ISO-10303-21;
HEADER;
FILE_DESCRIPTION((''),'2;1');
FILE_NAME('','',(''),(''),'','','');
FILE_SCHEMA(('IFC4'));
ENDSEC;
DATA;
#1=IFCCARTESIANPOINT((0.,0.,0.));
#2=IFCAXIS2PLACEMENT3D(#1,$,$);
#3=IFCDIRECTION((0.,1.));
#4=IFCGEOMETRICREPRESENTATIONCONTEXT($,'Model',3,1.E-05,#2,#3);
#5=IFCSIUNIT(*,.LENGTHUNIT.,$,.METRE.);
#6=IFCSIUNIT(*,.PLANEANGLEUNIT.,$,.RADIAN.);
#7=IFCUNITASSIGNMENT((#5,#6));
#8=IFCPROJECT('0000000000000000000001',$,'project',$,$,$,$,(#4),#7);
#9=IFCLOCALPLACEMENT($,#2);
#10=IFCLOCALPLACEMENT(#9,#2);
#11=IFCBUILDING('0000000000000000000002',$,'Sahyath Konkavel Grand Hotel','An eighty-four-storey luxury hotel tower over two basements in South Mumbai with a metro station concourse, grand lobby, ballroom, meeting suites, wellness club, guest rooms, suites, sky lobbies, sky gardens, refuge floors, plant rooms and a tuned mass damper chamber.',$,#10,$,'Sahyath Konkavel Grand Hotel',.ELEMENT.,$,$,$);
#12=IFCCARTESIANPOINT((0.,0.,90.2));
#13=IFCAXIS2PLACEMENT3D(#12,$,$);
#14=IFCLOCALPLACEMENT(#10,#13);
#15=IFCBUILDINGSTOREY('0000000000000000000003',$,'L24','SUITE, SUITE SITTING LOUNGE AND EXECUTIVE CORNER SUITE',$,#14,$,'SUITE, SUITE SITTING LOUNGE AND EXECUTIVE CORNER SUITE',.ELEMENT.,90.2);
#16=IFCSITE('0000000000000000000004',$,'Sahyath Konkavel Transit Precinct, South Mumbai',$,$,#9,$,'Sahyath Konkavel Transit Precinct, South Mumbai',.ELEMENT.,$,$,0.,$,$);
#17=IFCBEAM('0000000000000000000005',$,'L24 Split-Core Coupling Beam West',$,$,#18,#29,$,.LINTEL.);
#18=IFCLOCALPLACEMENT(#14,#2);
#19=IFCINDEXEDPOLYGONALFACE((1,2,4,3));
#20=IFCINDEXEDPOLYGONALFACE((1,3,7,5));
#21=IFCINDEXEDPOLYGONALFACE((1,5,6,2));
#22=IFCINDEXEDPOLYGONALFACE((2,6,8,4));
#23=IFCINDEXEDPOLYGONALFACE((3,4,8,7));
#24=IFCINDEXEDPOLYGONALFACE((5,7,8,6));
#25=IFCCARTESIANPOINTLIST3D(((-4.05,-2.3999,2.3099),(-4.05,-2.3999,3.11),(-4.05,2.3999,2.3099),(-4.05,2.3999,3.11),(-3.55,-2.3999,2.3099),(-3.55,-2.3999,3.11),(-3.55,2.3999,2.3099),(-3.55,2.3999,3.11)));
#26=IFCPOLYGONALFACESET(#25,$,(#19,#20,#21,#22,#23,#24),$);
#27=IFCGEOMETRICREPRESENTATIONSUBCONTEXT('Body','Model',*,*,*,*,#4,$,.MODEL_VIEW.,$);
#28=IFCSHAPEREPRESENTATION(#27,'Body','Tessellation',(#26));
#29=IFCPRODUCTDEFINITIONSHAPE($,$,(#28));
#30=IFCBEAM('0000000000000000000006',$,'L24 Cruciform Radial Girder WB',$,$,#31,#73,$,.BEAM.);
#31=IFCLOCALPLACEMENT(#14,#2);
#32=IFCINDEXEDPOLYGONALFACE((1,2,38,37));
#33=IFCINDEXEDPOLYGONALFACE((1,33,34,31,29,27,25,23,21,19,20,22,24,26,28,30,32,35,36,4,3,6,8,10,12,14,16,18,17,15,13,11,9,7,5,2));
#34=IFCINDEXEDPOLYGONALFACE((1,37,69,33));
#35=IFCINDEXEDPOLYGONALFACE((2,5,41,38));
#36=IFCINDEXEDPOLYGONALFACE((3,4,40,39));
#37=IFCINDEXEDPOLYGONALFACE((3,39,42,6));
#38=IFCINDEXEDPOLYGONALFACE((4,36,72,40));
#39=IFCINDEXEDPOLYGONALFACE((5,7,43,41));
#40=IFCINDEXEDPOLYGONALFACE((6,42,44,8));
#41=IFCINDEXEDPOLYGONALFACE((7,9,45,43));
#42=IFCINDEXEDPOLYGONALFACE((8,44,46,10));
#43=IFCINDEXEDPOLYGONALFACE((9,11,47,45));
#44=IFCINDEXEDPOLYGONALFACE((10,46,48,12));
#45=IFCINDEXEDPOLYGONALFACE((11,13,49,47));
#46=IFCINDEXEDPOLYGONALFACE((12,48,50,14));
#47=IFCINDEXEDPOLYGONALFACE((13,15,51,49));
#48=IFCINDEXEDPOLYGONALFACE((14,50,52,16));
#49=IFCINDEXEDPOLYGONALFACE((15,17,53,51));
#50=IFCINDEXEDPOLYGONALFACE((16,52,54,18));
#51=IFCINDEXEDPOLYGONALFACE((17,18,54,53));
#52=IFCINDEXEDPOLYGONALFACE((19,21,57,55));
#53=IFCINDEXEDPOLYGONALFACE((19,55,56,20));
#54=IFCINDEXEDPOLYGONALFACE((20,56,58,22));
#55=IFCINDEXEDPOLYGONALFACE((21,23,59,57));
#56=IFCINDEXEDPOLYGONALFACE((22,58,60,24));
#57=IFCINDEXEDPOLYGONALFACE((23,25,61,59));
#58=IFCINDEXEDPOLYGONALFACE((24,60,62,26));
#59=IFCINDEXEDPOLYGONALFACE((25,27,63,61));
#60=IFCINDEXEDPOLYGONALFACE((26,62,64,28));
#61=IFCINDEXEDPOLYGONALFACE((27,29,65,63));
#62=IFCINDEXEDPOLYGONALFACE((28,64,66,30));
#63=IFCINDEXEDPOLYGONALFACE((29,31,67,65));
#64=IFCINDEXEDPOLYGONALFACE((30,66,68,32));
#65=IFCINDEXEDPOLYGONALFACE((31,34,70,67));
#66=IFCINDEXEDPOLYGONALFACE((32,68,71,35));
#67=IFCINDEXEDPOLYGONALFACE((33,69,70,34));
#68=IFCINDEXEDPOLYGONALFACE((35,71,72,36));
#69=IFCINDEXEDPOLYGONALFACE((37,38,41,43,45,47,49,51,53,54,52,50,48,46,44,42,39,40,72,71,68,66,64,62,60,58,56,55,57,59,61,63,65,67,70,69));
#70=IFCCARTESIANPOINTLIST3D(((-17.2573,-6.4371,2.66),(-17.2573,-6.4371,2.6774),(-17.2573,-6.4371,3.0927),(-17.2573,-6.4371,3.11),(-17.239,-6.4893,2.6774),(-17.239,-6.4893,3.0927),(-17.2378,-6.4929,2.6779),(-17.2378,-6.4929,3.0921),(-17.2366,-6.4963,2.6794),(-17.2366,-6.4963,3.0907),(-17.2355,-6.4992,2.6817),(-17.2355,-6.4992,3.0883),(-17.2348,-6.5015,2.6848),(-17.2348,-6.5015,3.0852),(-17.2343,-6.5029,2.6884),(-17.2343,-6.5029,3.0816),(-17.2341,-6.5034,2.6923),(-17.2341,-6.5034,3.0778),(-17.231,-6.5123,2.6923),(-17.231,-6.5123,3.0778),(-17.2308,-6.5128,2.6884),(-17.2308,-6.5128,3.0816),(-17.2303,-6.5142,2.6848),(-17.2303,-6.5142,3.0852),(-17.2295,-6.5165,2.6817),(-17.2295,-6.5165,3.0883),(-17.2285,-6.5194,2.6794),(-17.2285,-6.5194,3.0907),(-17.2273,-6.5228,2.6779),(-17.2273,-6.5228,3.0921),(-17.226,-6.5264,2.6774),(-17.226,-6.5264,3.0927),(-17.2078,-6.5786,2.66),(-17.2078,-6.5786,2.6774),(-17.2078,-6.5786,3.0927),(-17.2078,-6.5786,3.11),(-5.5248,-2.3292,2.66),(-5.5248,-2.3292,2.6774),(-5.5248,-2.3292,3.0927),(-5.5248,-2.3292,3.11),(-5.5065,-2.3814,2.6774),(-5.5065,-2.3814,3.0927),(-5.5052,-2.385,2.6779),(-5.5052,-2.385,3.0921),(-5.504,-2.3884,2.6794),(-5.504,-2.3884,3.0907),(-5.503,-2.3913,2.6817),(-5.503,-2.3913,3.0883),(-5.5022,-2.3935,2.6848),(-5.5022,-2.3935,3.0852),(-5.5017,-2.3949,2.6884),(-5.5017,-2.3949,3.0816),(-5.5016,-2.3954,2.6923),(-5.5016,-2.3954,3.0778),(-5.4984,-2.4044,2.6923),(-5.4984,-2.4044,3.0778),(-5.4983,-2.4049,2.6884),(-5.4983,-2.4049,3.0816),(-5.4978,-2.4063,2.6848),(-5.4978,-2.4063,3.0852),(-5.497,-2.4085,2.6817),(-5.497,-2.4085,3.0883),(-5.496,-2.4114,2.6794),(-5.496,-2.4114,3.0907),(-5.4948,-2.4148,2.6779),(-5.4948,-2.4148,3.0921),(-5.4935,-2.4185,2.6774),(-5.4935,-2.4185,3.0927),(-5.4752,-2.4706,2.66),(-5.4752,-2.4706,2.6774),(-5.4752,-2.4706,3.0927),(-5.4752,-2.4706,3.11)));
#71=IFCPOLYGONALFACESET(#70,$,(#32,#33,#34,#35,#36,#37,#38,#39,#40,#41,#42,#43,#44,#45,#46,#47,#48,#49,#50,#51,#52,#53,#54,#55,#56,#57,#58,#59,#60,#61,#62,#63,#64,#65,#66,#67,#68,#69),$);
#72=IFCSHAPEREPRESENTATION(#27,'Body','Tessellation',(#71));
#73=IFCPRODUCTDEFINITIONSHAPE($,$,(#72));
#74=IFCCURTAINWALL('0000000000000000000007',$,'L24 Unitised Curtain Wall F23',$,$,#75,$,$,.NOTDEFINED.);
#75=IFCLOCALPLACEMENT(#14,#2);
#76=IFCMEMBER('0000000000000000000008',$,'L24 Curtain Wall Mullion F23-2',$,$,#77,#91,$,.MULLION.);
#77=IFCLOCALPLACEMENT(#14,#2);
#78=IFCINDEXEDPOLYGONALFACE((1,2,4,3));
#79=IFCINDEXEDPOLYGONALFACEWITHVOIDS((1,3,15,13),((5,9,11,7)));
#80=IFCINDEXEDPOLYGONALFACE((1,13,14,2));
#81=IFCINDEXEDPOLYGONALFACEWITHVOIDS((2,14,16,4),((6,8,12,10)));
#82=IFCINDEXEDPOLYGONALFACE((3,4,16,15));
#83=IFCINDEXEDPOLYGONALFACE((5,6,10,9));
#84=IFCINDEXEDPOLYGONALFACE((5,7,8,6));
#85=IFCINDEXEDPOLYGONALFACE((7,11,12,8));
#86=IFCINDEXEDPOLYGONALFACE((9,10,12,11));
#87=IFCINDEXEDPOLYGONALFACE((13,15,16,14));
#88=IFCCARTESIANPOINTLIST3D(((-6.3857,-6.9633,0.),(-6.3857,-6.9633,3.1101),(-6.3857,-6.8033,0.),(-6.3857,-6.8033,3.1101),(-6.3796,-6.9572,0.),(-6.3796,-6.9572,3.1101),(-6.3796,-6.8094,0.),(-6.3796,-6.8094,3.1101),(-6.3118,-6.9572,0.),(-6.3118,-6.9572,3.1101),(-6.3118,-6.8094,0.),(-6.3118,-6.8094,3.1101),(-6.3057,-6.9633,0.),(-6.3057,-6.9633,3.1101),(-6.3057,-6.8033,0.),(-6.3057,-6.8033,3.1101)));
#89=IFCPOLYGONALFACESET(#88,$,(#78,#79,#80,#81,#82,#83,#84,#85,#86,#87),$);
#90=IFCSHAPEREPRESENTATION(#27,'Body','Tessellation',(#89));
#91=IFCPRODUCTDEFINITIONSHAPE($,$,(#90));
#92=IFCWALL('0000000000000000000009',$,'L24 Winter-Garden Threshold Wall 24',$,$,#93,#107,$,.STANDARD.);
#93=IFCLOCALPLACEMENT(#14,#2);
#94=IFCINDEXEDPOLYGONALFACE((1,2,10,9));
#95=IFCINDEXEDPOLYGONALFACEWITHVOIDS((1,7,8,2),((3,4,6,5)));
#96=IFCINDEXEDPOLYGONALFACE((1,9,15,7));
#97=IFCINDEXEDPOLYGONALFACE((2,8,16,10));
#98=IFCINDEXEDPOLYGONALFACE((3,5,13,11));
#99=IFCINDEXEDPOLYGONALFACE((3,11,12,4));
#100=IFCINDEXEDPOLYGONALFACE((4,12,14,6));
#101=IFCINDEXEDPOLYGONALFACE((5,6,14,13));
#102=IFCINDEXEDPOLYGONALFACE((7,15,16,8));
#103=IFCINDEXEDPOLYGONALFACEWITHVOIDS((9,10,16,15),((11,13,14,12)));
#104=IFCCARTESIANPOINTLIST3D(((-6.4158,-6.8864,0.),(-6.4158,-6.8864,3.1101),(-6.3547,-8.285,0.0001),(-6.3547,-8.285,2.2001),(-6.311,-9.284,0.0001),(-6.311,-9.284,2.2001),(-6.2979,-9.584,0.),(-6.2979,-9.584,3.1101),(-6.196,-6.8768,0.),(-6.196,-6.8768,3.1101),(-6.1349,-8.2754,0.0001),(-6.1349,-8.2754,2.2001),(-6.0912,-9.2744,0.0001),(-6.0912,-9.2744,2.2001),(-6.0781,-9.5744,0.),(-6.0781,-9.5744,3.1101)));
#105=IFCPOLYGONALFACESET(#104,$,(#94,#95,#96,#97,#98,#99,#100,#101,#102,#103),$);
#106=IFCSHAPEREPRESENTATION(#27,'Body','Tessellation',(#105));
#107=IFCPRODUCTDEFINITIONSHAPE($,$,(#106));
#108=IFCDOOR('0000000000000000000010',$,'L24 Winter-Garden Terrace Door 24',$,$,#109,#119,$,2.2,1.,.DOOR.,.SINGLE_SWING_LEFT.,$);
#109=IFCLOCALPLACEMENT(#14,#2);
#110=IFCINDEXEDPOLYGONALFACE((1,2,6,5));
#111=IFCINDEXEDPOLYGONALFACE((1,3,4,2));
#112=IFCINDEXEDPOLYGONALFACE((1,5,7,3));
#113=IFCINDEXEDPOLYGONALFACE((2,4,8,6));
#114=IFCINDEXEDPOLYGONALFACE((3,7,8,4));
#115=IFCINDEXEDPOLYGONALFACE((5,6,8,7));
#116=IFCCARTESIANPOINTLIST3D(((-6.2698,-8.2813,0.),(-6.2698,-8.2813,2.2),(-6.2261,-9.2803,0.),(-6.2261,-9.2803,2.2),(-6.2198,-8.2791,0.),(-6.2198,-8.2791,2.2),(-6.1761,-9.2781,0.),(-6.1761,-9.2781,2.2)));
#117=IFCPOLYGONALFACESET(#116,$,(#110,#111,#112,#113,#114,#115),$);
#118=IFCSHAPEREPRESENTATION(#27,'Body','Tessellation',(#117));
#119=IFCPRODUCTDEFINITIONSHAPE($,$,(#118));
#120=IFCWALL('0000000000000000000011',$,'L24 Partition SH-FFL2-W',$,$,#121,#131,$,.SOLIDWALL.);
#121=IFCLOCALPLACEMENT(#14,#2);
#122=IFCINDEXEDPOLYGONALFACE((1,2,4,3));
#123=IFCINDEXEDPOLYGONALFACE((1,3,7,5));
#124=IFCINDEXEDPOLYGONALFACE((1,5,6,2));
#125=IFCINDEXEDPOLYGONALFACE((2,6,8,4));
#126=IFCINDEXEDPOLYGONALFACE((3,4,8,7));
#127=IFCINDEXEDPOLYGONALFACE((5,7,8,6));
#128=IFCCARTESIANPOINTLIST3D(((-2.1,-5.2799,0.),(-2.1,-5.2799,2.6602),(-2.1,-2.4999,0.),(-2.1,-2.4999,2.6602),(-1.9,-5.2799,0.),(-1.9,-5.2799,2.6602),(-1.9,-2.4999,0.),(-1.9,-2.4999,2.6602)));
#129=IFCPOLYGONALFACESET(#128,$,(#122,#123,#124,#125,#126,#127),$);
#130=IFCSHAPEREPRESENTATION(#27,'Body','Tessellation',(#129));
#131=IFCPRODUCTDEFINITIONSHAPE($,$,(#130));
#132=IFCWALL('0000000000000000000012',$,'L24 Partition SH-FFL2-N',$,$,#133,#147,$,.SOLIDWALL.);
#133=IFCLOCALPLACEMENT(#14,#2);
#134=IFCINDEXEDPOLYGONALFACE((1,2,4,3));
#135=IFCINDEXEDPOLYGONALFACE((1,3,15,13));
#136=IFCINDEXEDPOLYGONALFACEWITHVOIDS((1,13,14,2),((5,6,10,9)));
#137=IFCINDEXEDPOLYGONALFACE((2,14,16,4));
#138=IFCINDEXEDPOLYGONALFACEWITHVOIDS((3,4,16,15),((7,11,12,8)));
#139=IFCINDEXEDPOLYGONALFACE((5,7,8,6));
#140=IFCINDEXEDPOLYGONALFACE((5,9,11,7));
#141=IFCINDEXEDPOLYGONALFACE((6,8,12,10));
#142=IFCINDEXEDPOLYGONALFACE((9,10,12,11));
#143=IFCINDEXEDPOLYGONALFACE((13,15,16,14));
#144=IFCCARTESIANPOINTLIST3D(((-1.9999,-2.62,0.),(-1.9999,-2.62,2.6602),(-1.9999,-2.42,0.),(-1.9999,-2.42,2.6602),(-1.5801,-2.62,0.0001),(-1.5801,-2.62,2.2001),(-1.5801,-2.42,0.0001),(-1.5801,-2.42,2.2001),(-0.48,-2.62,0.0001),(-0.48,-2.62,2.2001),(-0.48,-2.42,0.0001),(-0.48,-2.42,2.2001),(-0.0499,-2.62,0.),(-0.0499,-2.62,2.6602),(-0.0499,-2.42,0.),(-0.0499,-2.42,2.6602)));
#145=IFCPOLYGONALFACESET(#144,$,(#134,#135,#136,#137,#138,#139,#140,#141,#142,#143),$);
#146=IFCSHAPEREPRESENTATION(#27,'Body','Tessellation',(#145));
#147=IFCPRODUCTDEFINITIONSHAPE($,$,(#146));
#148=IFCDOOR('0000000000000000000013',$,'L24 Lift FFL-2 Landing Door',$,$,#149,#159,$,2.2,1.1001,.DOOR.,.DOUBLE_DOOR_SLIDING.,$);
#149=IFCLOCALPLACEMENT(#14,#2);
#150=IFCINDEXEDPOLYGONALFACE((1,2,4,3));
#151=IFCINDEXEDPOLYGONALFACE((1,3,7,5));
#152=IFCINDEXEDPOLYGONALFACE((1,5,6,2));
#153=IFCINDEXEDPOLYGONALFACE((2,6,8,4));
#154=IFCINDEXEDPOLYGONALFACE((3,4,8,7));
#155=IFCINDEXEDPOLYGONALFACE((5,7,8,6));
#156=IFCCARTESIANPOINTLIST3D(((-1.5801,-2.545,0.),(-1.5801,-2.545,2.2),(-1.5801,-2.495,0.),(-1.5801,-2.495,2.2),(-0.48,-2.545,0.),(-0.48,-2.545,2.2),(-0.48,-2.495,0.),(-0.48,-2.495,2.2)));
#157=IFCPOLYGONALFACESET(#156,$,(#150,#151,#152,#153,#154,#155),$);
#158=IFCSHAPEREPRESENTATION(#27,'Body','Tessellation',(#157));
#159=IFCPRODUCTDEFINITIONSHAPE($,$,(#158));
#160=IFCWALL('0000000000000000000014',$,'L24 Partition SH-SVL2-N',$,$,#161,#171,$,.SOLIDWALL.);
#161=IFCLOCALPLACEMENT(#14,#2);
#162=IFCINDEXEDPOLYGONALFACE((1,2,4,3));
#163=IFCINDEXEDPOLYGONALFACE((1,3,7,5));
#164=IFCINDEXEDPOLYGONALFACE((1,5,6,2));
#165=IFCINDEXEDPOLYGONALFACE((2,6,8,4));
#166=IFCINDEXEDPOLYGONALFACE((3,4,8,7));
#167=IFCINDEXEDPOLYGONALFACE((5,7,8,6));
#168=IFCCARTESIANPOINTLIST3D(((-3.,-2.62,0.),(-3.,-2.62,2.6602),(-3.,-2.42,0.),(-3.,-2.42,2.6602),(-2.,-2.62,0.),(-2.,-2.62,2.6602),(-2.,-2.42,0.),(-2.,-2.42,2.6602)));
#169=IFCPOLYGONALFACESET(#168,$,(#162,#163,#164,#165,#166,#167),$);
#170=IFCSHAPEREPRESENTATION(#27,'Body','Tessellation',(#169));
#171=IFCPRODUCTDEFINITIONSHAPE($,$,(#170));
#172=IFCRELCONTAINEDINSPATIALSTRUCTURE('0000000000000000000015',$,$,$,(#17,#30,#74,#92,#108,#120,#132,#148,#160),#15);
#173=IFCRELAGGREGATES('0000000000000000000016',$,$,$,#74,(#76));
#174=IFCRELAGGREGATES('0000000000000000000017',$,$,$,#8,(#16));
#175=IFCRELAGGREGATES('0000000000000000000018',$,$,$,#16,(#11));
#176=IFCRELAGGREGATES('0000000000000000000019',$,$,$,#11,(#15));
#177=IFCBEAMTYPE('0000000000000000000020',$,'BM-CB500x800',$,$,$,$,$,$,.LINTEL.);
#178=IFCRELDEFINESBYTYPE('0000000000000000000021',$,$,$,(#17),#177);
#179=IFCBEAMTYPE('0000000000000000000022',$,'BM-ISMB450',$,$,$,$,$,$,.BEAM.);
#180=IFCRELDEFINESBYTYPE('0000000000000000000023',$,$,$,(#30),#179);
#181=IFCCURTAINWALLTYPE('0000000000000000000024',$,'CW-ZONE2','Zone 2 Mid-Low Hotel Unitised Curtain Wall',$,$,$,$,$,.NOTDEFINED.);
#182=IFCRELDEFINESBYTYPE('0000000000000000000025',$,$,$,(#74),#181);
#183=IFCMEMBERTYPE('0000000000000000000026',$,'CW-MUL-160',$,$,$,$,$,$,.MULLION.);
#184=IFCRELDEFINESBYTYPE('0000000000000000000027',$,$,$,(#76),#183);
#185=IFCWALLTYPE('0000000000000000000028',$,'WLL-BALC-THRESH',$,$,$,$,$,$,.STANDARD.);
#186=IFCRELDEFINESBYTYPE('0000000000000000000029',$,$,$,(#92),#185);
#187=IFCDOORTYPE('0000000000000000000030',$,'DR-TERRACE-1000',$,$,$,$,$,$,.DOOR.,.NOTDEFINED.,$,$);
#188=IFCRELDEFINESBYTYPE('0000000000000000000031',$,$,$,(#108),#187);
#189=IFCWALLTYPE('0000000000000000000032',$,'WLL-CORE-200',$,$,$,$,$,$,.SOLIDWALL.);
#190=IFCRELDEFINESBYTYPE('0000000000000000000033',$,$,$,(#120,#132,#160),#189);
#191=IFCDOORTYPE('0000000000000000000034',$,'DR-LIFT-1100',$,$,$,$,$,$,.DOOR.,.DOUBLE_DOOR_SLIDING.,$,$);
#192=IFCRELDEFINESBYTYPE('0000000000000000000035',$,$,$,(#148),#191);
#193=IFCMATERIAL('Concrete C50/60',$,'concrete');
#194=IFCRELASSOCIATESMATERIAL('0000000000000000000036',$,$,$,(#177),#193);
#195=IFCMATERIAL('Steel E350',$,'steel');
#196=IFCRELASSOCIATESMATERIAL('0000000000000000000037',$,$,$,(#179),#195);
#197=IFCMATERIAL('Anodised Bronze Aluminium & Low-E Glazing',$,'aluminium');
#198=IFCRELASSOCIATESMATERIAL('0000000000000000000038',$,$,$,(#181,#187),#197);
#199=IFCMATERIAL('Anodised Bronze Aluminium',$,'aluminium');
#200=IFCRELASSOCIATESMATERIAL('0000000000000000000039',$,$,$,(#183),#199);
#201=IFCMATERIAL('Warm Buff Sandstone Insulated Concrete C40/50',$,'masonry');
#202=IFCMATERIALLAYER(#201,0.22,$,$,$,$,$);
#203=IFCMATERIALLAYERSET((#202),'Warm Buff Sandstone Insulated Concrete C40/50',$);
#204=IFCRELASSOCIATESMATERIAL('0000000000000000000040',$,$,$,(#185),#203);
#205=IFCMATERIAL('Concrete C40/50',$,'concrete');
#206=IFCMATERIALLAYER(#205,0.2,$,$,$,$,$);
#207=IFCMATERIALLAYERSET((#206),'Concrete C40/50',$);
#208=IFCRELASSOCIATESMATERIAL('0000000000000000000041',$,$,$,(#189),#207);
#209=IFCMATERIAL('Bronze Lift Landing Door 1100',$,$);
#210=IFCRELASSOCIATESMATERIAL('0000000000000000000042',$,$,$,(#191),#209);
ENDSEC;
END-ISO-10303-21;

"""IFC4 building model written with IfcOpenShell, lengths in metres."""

from ifc_helpers import new_model, si_unit, direction, frame, frame_2d, origin, origin_2d, place, context, subcontext, project, spatial, rectangle, hollow_rectangle, i_section, extrude, source, transform, mapped, material, layer, layer_set, material_profile, profile_set, type_object, element, fill, aggregate, save


model = new_model("IFC4")

# Units and contexts
model_context = context("Model", 3, precision=1e-05, world=origin(), true_north=direction((0.0, 1.0)))
body_context = subcontext(model_context, "Body", "Model", "MODEL_VIEW")
ifc_project = project(units=[si_unit("LENGTHUNIT", "METRE"), si_unit("PLANEANGLEUNIT", "RADIAN")], contexts=[model_context])

# Site, building, storey
site_placement = place(None, origin())
site = spatial("IfcSite", under=ifc_project, at=site_placement, Name="Sahyath Konkavel Transit Precinct, South Mumbai", LongName="Sahyath Konkavel Transit Precinct, South Mumbai", CompositionType="ELEMENT", RefElevation=0.0)
building_placement = place(site_placement, origin())
building = spatial("IfcBuilding", under=site, at=building_placement, Name="Sahyath Konkavel Grand Hotel", Description="An eighty-four-storey luxury hotel tower over two basements in South Mumbai with a metro station concourse, grand lobby, ballroom, meeting suites, wellness club, guest rooms, suites, sky lobbies, sky gardens, refuge floors, plant rooms and a tuned mass damper chamber.", LongName="Sahyath Konkavel Grand Hotel", CompositionType="ELEMENT")
storey_placement = place(building_placement, frame((0.0, 0.0, 90.2)))
storey = spatial("IfcBuildingStorey", under=building, at=storey_placement, Name="L24", Description="SUITE, SUITE SITTING LOUNGE AND EXECUTIVE CORNER SUITE", LongName="SUITE, SUITE SITTING LOUNGE AND EXECUTIVE CORNER SUITE", CompositionType="ELEMENT", Elevation=90.2)

# Shared definitions
ifc_material_1 = material(Name="Concrete C50/60", Category="concrete")

# Beams
ifc_material_2 = material(Name="Steel E350", Category="steel")
ifc_material_profile_1 = material_profile(ifc_material_1, rectangle(XDim=0.5, YDim=0.8, at=origin_2d()), Name="RC 500x800")
ifc_profile_set_1 = profile_set([ifc_material_profile_1], Name="Concrete C50/60")
beam_type_1 = type_object("IfcBeamType", Name="BM-CB500x800", PredefinedType="LINTEL", material=ifc_profile_set_1)
shared_shape_1 = source(origin(), body_context, "Body", "SweptSolid", [
    extrude(rectangle(XDim=0.5, YDim=0.8, at=origin_2d()), origin(), (0.0, 0.0, 1.0), 4.7998),
])
beam_1_placement = place(storey_placement, frame((-3.8, -2.3999, 2.71), z_axis=(0.0, 1.0, 0.0), x_axis=(-1.0, 0.0, 0.0)))
element("IfcBeam", 1, at=beam_1_placement, inside=storey, type_object=beam_type_1, Name="L24 Split-Core Coupling Beam West", PredefinedType="LINTEL", context=body_context, shape_type="MappedRepresentation", body=[
    mapped(shared_shape_1, transform((0.0, 0.0, 0.0), scale=1.0)),
])
ifc_material_profile_2 = material_profile(ifc_material_2, i_section(OverallWidth=0.1499, OverallDepth=0.45, WebThickness=0.0095, FlangeThickness=0.0173, FilletRadius=0.0149, at=origin_2d()), Name="ISMB 450")
ifc_profile_set_2 = profile_set([ifc_material_profile_2], Name="Steel E350")
beam_type_2 = type_object("IfcBeamType", Name="BM-ISMB450", PredefinedType="BEAM", material=ifc_profile_set_2)
shared_shape_2 = source(origin(), body_context, "Body", "SweptSolid", [
    extrude(i_section(OverallWidth=0.1499, OverallDepth=0.45, WebThickness=0.0095, FlangeThickness=0.0173, FilletRadius=0.0149, at=origin_2d()), origin(), (0.0, 0.0, 1.0), 12.4309),
])
beam_2_placement = place(storey_placement, frame((-5.5, -2.3999, 2.885), z_axis=(-0.943819, -0.330462, 0.0), x_axis=(0.330462, -0.943819, 0.0)))
element("IfcBeam", 2, at=beam_2_placement, inside=storey, type_object=beam_type_2, Name="L24 Cruciform Radial Girder WB", PredefinedType="BEAM", context=body_context, shape_type="MappedRepresentation", body=[
    mapped(shared_shape_2, transform((0.0, 0.0, 0.0), scale=1.0)),
])

# Curtain wall, member
ifc_material_3 = material(Name="Anodised Bronze Aluminium & Low-E Glazing", Category="aluminium")
curtain_wall_type = type_object("IfcCurtainWallType", Name="CW-ZONE2", Description="Zone 2 Mid-Low Hotel Unitised Curtain Wall", PredefinedType="NOTDEFINED", material=ifc_material_3)
curtain_wall_placement = place(storey_placement, origin())
curtain_wall = element("IfcCurtainWall", 3, at=curtain_wall_placement, inside=storey, type_object=curtain_wall_type, Name="L24 Unitised Curtain Wall F23", PredefinedType="NOTDEFINED")
ifc_material_4 = material(Name="Anodised Bronze Aluminium", Category="aluminium")
ifc_material_profile_3 = material_profile(ifc_material_4, hollow_rectangle(XDim=0.0801, YDim=0.1599, WallThickness=0.0061, at=origin_2d()), Name="RHS 160x80x6")
ifc_profile_set_3 = profile_set([ifc_material_profile_3], Name="Anodised Bronze Aluminium")
member_type = type_object("IfcMemberType", Name="CW-MUL-160", PredefinedType="MULLION", material=ifc_profile_set_3)
shared_shape_3 = source(origin(), body_context, "Body", "SweptSolid", [
    extrude(hollow_rectangle(XDim=0.0801, YDim=0.1599, WallThickness=0.0061, at=origin_2d()), origin(), (0.0, 0.0, 1.0), 3.1101),
])
member_placement = place(storey_placement, frame((-6.3457, -6.8833, 0.0), z_axis=(0.0, 0.0, 1.0), x_axis=(1.0, 0.0, 0.0)))
member = element("IfcMember", 4, at=member_placement, type_object=member_type, Name="L24 Curtain Wall Mullion F23-2", PredefinedType="MULLION", context=body_context, shape_type="MappedRepresentation", body=[
    mapped(shared_shape_3, transform((0.0, 0.0, 0.0), scale=1.0)),
])
aggregate(curtain_wall, [member])

# Wall, opening, door
ifc_material_5 = material(Name="Warm Buff Sandstone Insulated Concrete C40/50", Category="masonry")
ifc_layer_1 = layer(ifc_material_5, 0.22)
ifc_layer_set_1 = layer_set([ifc_layer_1], Name="Warm Buff Sandstone Insulated Concrete C40/50")
wall_type_1 = type_object("IfcWallType", Name="WLL-BALC-THRESH", PredefinedType="STANDARD", material=ifc_layer_set_1)
wall_1_placement = place(storey_placement, frame((-6.3059, -6.8816, 0.0), z_axis=(0.0, 0.0, 1.0), x_axis=(0.043673, -0.999046, 0.0)))
wall_1 = element("IfcWall", 5, at=wall_1_placement, inside=storey, type_object=wall_type_1, Name="L24 Winter-Garden Threshold Wall 24", PredefinedType="STANDARD", context=body_context, shape_type="SweptSolid", body=[
    extrude(rectangle(XDim=2.7002, YDim=0.22, at=frame_2d((1.3501, 0.0))), origin(), (0.0, 0.0, 1.0), 3.1101),
])
opening_1_placement = place(wall_1_placement, frame((1.3999, 0.0, 0.0)))
opening_1 = element("IfcOpeningElement", 6, at=opening_1_placement, cuts=wall_1, PredefinedType="OPENING", context=body_context, shape_type="SweptSolid", body=[
    extrude(rectangle(XDim=1.0, YDim=2.2, at=frame_2d((0.5, 1.1001))), frame((0.0, 0.1201, 0.0), z_axis=(0.0, -1.0, 0.0), x_axis=(1.0, 0.0, 0.0)), (0.0, 0.0, 1.0), 0.24),
])
door_type_1 = type_object("IfcDoorType", Name="DR-TERRACE-1000", OperationType="NOTDEFINED", PredefinedType="DOOR", material=ifc_material_3)
shared_shape_4 = source(origin(), body_context, "Body", "SweptSolid", [
    extrude(rectangle(XDim=1.0, YDim=0.05, at=origin_2d()), origin(), (0.0, 0.0, 1.0), 2.2),
])
door_1_placement = place(opening_1_placement, frame((0.5, 0.0, 0.0)))
door_1 = element("IfcDoor", 7, at=door_1_placement, inside=storey, type_object=door_type_1, Name="L24 Winter-Garden Terrace Door 24", OperationType="SINGLE_SWING_LEFT", OverallHeight=2.2, OverallWidth=1.0, PredefinedType="DOOR", context=body_context, shape_type="MappedRepresentation", body=[
    mapped(shared_shape_4, transform((0.0, 0.0, 0.0), scale=1.0)),
])
fill(opening_1, door_1)

# Wall
ifc_material_6 = material(Name="Concrete C40/50", Category="concrete")
ifc_layer_2 = layer(ifc_material_6, 0.2)
ifc_layer_set_2 = layer_set([ifc_layer_2], Name="Concrete C40/50")
wall_type_2 = type_object("IfcWallType", Name="WLL-CORE-200", PredefinedType="SOLIDWALL", material=ifc_layer_set_2)
wall_2_placement = place(storey_placement, frame((-2.0, -5.28, 0.0), z_axis=(0.0, 0.0, 1.0), x_axis=(0.0, 1.0, 0.0)))
element("IfcWall", 8, at=wall_2_placement, inside=storey, type_object=wall_type_2, Name="L24 Partition SH-FFL2-W", PredefinedType="SOLIDWALL", context=body_context, shape_type="SweptSolid", body=[
    extrude(rectangle(XDim=2.78, YDim=0.2, at=frame_2d((1.3901, 0.0))), origin(), (0.0, 0.0, 1.0), 2.6602),
])

# Wall, opening, door
wall_3_placement = place(storey_placement, frame((-2.0, -2.52, 0.0), z_axis=(0.0, 0.0, 1.0), x_axis=(1.0, 0.0, 0.0)))
wall_3 = element("IfcWall", 9, at=wall_3_placement, inside=storey, type_object=wall_type_2, Name="L24 Partition SH-FFL2-N", PredefinedType="SOLIDWALL", context=body_context, shape_type="SweptSolid", body=[
    extrude(rectangle(XDim=1.95, YDim=0.2, at=frame_2d((0.9751, 0.0))), origin(), (0.0, 0.0, 1.0), 2.6602),
])
opening_2_placement = place(wall_3_placement, frame((0.4199, 0.0, 0.0)))
opening_2 = element("IfcOpeningElement", 10, at=opening_2_placement, cuts=wall_3, PredefinedType="OPENING", context=body_context, shape_type="SweptSolid", body=[
    extrude(rectangle(XDim=1.1001, YDim=2.2, at=frame_2d((0.55, 1.1001))), frame((0.0, 0.1099, 0.0), z_axis=(0.0, -1.0, 0.0), x_axis=(1.0, 0.0, 0.0)), (0.0, 0.0, 1.0), 0.22),
])
ifc_material_7 = material(Name="Bronze Lift Landing Door 1100")
door_type_2 = type_object("IfcDoorType", Name="DR-LIFT-1100", OperationType="DOUBLE_DOOR_SLIDING", PredefinedType="DOOR", material=ifc_material_7)
shared_shape_5 = source(origin(), body_context, "Body", "SweptSolid", [
    extrude(rectangle(XDim=1.1001, YDim=0.05, at=origin_2d()), origin(), (0.0, 0.0, 1.0), 2.2),
])
door_2_placement = place(opening_2_placement, frame((0.55, 0.0, 0.0)))
door_2 = element("IfcDoor", 11, at=door_2_placement, inside=storey, type_object=door_type_2, Name="L24 Lift FFL-2 Landing Door", OperationType="DOUBLE_DOOR_SLIDING", OverallHeight=2.2, OverallWidth=1.1001, PredefinedType="DOOR", context=body_context, shape_type="MappedRepresentation", body=[
    mapped(shared_shape_5, transform((0.0, 0.0, 0.0), scale=1.0)),
])
fill(opening_2, door_2)

# Wall
wall_4_placement = place(storey_placement, frame((-3.0, -2.52, 0.0), z_axis=(0.0, 0.0, 1.0), x_axis=(1.0, 0.0, 0.0)))
element("IfcWall", 12, at=wall_4_placement, inside=storey, type_object=wall_type_2, Name="L24 Partition SH-SVL2-N", PredefinedType="SOLIDWALL", context=body_context, shape_type="SweptSolid", body=[
    extrude(rectangle(XDim=1.0, YDim=0.2, at=frame_2d((0.5, 0.0))), origin(), (0.0, 0.0, 1.0), 2.6602),
])

save(model, "model.ifc")
